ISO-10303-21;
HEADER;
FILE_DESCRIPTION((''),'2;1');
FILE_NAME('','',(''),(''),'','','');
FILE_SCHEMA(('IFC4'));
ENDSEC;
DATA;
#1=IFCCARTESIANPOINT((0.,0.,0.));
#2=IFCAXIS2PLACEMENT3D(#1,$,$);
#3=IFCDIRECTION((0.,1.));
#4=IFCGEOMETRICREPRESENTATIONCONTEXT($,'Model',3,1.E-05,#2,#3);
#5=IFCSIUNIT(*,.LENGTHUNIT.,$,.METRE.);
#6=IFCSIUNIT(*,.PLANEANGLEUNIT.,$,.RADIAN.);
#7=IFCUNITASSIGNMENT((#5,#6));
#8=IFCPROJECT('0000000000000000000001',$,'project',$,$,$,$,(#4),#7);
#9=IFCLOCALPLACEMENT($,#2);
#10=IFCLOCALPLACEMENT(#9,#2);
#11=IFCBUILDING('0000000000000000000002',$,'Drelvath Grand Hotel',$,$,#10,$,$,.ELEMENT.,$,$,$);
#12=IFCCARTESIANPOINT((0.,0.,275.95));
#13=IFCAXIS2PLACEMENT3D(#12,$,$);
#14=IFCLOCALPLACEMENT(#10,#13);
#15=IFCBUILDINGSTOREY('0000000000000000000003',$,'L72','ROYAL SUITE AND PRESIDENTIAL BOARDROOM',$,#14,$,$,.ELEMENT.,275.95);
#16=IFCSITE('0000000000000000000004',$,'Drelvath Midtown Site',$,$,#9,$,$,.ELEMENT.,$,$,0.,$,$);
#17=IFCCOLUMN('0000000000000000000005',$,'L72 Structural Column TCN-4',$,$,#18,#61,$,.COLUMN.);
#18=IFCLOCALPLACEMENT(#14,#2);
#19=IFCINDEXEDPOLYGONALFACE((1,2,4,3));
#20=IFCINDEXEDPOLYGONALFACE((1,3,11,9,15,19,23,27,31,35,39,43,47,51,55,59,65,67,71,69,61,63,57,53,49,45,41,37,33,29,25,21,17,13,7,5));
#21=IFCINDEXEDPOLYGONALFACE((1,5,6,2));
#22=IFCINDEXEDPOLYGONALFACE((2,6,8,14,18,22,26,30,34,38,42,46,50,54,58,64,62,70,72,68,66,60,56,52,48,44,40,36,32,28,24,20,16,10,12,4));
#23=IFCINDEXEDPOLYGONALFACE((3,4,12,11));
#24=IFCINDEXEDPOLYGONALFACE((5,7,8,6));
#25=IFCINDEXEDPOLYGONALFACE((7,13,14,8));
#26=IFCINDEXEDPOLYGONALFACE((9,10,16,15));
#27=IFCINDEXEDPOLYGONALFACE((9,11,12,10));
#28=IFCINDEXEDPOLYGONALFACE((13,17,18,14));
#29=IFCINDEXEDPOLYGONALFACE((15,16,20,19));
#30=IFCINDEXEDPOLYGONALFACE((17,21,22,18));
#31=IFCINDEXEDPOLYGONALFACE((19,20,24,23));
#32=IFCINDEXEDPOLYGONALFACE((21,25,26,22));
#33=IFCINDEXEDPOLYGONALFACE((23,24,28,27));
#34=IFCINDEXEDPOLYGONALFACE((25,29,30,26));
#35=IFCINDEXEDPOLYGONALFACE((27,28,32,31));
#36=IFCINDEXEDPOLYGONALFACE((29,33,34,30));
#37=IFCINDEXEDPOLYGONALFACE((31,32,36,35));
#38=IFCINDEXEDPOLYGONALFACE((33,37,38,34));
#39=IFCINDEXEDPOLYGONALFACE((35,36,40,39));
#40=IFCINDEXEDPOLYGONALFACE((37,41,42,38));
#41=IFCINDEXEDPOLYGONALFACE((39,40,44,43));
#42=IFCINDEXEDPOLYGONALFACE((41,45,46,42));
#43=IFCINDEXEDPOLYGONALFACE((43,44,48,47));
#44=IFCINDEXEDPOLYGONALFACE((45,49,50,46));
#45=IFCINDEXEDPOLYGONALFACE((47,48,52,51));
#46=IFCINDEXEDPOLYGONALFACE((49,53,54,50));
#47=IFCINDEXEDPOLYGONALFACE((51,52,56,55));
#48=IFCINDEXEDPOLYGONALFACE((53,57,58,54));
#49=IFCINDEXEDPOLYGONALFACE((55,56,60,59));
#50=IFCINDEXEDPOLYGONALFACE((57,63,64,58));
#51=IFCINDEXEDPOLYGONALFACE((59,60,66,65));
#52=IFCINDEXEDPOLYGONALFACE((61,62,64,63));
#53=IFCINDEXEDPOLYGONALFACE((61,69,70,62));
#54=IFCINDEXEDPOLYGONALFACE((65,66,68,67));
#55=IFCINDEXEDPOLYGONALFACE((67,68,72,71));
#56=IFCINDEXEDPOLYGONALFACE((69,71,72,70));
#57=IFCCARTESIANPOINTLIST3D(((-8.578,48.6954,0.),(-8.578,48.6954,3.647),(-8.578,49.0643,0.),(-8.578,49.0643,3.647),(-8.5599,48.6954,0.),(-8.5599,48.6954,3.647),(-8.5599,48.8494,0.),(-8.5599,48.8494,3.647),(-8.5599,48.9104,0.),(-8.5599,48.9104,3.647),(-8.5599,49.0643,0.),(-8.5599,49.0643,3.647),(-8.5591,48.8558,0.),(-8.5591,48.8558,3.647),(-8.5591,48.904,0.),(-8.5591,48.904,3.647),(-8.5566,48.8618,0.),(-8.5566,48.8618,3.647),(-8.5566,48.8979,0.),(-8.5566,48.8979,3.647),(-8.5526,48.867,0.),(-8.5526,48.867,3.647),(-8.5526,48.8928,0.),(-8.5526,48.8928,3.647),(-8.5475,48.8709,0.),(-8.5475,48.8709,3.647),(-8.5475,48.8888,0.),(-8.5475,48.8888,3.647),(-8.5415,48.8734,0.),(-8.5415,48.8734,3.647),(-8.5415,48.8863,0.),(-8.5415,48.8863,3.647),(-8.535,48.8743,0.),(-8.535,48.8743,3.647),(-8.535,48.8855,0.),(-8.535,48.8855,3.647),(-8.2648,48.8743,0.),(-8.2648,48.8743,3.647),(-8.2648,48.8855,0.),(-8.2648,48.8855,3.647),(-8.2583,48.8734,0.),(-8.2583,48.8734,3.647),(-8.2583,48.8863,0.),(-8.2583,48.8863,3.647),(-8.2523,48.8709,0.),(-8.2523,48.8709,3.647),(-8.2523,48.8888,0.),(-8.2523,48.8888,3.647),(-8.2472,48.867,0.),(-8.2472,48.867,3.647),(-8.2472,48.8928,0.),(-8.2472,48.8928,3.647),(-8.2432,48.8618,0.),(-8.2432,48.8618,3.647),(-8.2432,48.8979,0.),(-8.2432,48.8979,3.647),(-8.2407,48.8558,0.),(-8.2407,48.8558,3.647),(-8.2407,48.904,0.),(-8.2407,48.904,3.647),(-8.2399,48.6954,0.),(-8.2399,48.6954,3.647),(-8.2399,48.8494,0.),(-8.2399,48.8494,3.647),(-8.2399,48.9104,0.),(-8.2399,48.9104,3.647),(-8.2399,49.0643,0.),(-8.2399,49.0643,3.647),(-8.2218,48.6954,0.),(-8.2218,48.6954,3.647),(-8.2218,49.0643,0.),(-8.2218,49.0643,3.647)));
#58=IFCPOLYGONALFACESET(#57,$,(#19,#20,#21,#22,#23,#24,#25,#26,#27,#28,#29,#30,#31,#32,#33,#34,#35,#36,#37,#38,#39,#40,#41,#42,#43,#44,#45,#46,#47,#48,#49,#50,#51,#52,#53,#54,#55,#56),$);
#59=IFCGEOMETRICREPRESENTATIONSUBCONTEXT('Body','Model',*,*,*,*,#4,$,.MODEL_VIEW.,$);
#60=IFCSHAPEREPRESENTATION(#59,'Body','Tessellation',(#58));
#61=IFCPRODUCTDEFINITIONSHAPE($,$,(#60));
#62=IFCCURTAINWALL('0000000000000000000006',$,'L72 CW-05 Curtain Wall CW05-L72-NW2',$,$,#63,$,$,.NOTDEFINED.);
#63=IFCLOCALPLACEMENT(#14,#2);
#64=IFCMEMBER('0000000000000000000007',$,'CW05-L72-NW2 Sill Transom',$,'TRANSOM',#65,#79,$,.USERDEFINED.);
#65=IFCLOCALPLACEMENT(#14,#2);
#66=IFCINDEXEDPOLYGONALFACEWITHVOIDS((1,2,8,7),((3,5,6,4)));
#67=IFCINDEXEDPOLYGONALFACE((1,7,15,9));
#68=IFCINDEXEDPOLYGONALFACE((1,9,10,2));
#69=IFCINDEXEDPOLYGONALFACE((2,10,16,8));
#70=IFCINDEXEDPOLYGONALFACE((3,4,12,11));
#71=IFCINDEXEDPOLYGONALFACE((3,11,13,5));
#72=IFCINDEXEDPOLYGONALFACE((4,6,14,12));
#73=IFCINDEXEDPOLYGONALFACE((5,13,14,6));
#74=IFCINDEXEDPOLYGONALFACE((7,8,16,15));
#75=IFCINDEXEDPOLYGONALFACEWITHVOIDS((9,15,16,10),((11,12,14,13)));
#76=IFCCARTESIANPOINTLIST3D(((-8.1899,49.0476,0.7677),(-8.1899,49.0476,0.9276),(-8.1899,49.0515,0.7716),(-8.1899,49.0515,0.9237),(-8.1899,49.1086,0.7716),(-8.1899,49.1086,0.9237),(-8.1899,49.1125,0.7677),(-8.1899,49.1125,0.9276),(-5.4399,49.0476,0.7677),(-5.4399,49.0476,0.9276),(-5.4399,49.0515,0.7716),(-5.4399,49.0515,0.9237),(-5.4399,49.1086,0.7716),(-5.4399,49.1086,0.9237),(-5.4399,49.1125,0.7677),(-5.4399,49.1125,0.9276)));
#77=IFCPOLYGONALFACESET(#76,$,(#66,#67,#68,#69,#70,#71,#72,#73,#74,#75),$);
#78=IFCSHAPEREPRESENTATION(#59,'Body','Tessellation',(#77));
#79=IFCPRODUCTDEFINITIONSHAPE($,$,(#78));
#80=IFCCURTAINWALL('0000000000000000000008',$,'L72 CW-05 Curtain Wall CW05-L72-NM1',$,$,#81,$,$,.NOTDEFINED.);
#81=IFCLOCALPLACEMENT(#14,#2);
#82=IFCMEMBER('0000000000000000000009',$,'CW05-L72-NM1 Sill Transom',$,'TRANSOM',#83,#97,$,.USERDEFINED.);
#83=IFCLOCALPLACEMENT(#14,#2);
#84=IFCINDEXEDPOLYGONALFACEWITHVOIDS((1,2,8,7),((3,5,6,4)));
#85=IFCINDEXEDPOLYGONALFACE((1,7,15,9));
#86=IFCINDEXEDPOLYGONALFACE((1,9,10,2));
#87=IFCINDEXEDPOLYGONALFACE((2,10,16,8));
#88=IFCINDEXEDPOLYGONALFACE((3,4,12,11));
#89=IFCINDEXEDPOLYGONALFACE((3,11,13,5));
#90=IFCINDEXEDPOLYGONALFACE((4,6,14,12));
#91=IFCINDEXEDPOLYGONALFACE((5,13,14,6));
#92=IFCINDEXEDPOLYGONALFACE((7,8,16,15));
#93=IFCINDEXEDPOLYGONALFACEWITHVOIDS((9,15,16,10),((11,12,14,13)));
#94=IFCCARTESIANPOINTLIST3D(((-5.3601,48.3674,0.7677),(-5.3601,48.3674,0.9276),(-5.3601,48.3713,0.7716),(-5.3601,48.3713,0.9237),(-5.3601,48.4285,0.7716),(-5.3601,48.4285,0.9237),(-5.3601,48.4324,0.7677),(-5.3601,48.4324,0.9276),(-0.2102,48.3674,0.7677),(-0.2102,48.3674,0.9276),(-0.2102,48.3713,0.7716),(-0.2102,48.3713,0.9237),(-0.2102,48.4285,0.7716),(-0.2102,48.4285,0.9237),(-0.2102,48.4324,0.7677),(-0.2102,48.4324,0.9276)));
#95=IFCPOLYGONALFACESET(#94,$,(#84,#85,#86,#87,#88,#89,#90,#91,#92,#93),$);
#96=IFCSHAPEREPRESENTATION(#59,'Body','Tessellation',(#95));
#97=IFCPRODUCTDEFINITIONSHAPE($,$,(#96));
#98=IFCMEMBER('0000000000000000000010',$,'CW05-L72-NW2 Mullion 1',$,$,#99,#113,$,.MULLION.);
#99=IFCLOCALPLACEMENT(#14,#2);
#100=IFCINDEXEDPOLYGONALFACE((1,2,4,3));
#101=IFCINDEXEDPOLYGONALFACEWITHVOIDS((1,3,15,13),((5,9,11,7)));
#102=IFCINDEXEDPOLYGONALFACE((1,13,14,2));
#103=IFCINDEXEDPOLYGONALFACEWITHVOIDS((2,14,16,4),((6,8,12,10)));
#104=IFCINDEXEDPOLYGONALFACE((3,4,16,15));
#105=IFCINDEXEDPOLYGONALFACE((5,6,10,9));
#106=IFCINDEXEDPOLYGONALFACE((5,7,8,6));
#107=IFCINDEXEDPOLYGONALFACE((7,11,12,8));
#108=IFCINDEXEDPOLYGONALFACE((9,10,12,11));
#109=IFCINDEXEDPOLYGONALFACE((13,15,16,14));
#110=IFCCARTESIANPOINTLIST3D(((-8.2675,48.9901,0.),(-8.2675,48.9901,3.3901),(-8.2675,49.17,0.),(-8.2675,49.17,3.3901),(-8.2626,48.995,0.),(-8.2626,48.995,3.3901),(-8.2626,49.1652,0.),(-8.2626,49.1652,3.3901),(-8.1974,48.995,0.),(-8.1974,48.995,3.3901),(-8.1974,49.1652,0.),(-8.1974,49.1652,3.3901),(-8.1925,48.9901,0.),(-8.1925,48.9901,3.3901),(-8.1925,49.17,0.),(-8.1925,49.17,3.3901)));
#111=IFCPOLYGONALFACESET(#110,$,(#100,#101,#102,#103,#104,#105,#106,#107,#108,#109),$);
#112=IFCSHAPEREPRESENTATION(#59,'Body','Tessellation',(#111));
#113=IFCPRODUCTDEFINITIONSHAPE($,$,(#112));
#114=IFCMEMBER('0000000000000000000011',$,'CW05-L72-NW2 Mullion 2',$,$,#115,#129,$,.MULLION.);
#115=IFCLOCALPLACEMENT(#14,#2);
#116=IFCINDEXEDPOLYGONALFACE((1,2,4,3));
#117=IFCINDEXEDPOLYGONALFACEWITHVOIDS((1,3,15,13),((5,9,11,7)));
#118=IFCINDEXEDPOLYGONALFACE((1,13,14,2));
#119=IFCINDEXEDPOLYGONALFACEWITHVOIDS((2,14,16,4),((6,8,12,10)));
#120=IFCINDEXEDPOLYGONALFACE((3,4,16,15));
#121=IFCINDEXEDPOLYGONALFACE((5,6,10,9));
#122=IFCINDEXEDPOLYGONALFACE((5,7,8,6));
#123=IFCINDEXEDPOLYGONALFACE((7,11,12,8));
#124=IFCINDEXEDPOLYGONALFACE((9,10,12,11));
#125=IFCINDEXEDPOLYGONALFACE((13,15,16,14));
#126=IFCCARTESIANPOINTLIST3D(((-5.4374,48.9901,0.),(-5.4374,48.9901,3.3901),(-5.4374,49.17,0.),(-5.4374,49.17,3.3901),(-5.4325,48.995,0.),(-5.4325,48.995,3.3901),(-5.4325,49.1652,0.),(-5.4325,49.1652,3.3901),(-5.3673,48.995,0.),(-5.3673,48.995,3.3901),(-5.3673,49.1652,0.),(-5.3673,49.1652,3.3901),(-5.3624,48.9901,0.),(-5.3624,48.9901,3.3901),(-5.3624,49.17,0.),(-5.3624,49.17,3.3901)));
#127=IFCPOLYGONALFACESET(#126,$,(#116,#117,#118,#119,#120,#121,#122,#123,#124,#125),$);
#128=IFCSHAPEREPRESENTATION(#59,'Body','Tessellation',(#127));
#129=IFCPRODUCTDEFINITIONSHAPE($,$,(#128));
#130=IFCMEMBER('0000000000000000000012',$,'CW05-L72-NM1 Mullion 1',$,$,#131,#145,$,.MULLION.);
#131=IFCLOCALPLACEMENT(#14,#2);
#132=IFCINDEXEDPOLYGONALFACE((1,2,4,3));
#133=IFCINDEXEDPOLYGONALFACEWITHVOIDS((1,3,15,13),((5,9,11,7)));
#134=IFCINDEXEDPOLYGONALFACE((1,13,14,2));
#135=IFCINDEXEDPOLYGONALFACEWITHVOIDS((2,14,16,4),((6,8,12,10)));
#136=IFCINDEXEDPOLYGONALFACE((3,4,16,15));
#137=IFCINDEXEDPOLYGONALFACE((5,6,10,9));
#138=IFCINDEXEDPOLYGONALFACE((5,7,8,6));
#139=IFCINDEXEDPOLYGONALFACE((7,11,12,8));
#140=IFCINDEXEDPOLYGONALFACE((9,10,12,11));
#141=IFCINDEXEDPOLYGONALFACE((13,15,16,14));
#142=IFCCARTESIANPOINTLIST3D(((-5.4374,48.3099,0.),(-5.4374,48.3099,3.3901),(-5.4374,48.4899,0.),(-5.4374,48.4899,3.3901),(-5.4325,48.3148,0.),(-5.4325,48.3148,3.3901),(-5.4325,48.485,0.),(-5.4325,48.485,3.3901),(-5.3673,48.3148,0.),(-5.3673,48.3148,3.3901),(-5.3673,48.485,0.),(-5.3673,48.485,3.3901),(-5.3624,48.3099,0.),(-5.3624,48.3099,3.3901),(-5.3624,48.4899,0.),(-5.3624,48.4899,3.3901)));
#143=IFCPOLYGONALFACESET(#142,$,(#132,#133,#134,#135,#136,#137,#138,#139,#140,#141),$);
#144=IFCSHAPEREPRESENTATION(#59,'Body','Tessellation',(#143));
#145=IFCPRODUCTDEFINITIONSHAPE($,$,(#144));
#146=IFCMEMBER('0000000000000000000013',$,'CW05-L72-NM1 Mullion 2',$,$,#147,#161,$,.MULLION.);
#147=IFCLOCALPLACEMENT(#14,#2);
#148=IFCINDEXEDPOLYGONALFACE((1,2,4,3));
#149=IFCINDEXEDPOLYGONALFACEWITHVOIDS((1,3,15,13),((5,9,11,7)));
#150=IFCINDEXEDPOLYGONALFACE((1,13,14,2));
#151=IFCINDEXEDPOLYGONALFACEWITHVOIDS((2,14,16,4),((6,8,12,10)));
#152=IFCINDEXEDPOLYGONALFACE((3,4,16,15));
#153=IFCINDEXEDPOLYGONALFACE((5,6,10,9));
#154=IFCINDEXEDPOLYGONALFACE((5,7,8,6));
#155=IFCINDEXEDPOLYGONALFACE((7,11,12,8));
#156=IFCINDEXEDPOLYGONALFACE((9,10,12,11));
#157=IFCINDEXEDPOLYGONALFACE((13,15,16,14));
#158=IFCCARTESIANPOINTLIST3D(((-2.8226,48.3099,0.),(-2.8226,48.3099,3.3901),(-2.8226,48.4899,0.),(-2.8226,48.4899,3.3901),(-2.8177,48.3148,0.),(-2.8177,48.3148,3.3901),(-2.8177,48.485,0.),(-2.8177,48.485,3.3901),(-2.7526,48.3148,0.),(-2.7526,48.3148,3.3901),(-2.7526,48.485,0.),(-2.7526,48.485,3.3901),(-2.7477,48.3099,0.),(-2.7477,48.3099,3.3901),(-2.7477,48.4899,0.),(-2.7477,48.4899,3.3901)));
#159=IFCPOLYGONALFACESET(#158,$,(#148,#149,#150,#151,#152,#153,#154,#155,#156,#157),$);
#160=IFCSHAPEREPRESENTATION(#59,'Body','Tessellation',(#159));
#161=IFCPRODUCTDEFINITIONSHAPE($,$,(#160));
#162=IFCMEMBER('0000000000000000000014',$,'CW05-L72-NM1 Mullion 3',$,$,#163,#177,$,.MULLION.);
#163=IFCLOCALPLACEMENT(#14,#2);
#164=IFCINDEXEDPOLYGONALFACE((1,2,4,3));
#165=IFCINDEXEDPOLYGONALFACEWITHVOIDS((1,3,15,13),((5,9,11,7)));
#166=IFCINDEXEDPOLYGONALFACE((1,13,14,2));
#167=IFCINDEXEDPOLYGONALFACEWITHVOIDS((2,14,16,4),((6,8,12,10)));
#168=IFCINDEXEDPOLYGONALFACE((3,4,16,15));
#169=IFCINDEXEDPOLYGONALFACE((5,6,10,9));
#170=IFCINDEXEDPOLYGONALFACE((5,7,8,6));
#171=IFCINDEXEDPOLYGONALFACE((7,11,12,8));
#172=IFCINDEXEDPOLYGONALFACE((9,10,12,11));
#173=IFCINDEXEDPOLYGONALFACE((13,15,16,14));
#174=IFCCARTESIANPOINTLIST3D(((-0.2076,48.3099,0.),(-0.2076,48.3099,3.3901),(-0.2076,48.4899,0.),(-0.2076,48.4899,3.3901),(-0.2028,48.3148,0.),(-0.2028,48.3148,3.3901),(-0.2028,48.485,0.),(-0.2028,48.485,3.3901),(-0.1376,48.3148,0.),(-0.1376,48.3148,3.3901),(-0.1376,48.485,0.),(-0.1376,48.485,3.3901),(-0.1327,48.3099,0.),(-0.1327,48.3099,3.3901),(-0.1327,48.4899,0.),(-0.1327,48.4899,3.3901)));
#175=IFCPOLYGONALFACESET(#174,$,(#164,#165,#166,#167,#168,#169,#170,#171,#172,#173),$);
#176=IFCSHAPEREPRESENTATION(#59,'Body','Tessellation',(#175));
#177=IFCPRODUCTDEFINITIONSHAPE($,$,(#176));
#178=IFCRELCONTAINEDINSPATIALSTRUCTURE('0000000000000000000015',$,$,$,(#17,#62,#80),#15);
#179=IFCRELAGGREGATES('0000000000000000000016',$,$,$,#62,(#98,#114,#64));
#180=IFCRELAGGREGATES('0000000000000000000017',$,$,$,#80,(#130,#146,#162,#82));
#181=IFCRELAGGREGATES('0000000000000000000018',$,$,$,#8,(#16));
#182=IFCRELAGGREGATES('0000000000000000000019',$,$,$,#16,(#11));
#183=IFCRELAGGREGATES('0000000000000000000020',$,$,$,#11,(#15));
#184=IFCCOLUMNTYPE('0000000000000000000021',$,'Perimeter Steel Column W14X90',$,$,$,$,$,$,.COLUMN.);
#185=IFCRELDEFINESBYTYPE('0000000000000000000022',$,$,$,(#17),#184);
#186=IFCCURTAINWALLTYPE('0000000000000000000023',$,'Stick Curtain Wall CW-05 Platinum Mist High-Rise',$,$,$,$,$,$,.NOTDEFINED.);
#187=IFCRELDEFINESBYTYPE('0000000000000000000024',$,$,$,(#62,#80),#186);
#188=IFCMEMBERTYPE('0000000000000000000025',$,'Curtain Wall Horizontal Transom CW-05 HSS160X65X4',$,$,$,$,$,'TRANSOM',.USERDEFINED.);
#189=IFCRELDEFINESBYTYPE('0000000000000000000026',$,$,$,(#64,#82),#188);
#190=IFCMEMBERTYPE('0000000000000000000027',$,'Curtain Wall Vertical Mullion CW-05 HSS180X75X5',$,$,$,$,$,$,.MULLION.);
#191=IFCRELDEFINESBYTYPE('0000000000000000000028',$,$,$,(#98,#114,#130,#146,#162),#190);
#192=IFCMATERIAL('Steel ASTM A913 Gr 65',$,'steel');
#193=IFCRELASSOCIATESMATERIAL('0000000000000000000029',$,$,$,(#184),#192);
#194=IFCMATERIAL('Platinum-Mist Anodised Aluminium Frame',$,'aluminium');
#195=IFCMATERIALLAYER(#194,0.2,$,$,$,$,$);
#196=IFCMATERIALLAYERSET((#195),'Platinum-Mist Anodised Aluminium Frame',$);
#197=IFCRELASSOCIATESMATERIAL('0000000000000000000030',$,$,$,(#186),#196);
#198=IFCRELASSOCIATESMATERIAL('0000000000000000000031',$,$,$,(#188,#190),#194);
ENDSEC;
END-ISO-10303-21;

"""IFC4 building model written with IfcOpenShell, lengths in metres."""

from ifc_helpers import new_model, si_unit, direction, frame, origin, origin_2d, place, context, subcontext, project, spatial, hollow_rectangle, i_section, extrude, material, layer, layer_set, material_profile, profile_set, type_object, element, aggregate, save


model = new_model("IFC4")

# Units and contexts
model_context = context("Model", 3, precision=1e-05, world=origin(), true_north=direction((0.0, 1.0)))
body_context = subcontext(model_context, "Body", "Model", "MODEL_VIEW")
ifc_project = project(units=[si_unit("LENGTHUNIT", "METRE"), si_unit("PLANEANGLEUNIT", "RADIAN")], contexts=[model_context])

# Site, building, storey
site_placement = place(None, origin())
site = spatial("IfcSite", under=ifc_project, at=site_placement, Name="Drelvath Midtown Site", CompositionType="ELEMENT", RefElevation=0.0)
building_placement = place(site_placement, origin())
building = spatial("IfcBuilding", under=site, at=building_placement, Name="Drelvath Grand Hotel", CompositionType="ELEMENT")
storey_placement = place(building_placement, frame((0.0, 0.0, 275.95)))
storey = spatial("IfcBuildingStorey", under=building, at=storey_placement, Name="L72", Description="ROYAL SUITE AND PRESIDENTIAL BOARDROOM", CompositionType="ELEMENT", Elevation=275.95)

# Column
ifc_material_1 = material(Name="Steel ASTM A913 Gr 65", Category="steel")
ifc_material_profile_1 = material_profile(ifc_material_1, i_section(OverallWidth=0.3689, OverallDepth=0.3562, WebThickness=0.0112, FlangeThickness=0.0181, FilletRadius=0.0249, at=origin_2d()), Name="W14X90")
ifc_profile_set_1 = profile_set([ifc_material_profile_1], Name="Steel ASTM A913 Gr 65")
column_type = type_object("IfcColumnType", Name="Perimeter Steel Column W14X90", PredefinedType="COLUMN", material=ifc_profile_set_1)
column_placement = place(storey_placement, frame((-8.3999, 48.8799, 0.0), z_axis=(0.0, 0.0, 1.0), x_axis=(0.0, 1.0, 0.0)))
element("IfcColumn", 1, at=column_placement, inside=storey, type_object=column_type, Name="L72 Structural Column TCN-4", PredefinedType="COLUMN", context=body_context, shape_type="SweptSolid", body=[
    extrude(i_section(OverallWidth=0.3689, OverallDepth=0.3562, WebThickness=0.0112, FlangeThickness=0.0181, FilletRadius=0.0249, at=origin_2d()), origin(), (0.0, 0.0, 1.0), 3.647),
])

# Curtain walls, members
ifc_material_2 = material(Name="Platinum-Mist Anodised Aluminium Frame", Category="aluminium")
ifc_layer_1 = layer(ifc_material_2, 0.2)
ifc_layer_set_1 = layer_set([ifc_layer_1], Name="Platinum-Mist Anodised Aluminium Frame")
curtain_wall_type = type_object("IfcCurtainWallType", Name="Stick Curtain Wall CW-05 Platinum Mist High-Rise", PredefinedType="NOTDEFINED", material=ifc_layer_set_1)
curtain_wall_1_placement = place(storey_placement, origin())
curtain_wall_1 = element("IfcCurtainWall", 2, at=curtain_wall_1_placement, inside=storey, type_object=curtain_wall_type, Name="L72 CW-05 Curtain Wall CW05-L72-NW2", PredefinedType="NOTDEFINED")
ifc_material_profile_2 = material_profile(ifc_material_2, hollow_rectangle(XDim=0.0649, YDim=0.1599, WallThickness=0.0039, at=origin_2d()), Name="HSS160X65X4")
ifc_profile_set_2 = profile_set([ifc_material_profile_2], Name="Platinum-Mist Anodised Aluminium Frame")
member_type_1 = type_object("IfcMemberType", Name="Curtain Wall Horizontal Transom CW-05 HSS160X65X4", ElementType="TRANSOM", PredefinedType="USERDEFINED", material=ifc_profile_set_2)
member_1_placement = place(storey_placement, frame((-8.1899, 49.0801, 0.8477), z_axis=(1.0, 0.0, 0.0), x_axis=(0.0, 1.0, 0.0)))
member_1 = element("IfcMember", 3, at=member_1_placement, type_object=member_type_1, Name="CW05-L72-NW2 Sill Transom", ObjectType="TRANSOM", PredefinedType="USERDEFINED", context=body_context, shape_type="SweptSolid", body=[
    extrude(hollow_rectangle(XDim=0.0649, YDim=0.1599, WallThickness=0.0039, at=origin_2d()), origin(), (0.0, 0.0, 1.0), 2.75),
])
curtain_wall_2_placement = place(storey_placement, origin())
curtain_wall_2 = element("IfcCurtainWall", 4, at=curtain_wall_2_placement, inside=storey, type_object=curtain_wall_type, Name="L72 CW-05 Curtain Wall CW05-L72-NM1", PredefinedType="NOTDEFINED")
member_2_placement = place(storey_placement, frame((-5.3601, 48.3999, 0.8477), z_axis=(1.0, 0.0, 0.0), x_axis=(0.0, 1.0, 0.0)))
member_2 = element("IfcMember", 5, at=member_2_placement, type_object=member_type_1, Name="CW05-L72-NM1 Sill Transom", ObjectType="TRANSOM", PredefinedType="USERDEFINED", context=body_context, shape_type="SweptSolid", body=[
    extrude(hollow_rectangle(XDim=0.0649, YDim=0.1599, WallThickness=0.0039, at=origin_2d()), origin(), (0.0, 0.0, 1.0), 5.1499),
])

# Members
ifc_material_profile_3 = material_profile(ifc_material_2, hollow_rectangle(XDim=0.075, YDim=0.1799, WallThickness=0.0049, at=origin_2d()), Name="HSS180X75X5")
ifc_profile_set_3 = profile_set([ifc_material_profile_3], Name="Platinum-Mist Anodised Aluminium Frame")
member_type_2 = type_object("IfcMemberType", Name="Curtain Wall Vertical Mullion CW-05 HSS180X75X5", PredefinedType="MULLION", material=ifc_profile_set_3)
member_3_placement = place(storey_placement, frame((-8.23, 49.0801, 0.0), z_axis=(0.0, 0.0, 1.0), x_axis=(1.0, 0.0, 0.0)))
member_3 = element("IfcMember", 6, at=member_3_placement, type_object=member_type_2, Name="CW05-L72-NW2 Mullion 1", PredefinedType="MULLION", context=body_context, shape_type="SweptSolid", body=[
    extrude(hollow_rectangle(XDim=0.075, YDim=0.1799, WallThickness=0.0049, at=origin_2d()), origin(), (0.0, 0.0, 1.0), 3.3901),
])
member_4_placement = place(storey_placement, frame((-5.3999, 49.0801, 0.0), z_axis=(0.0, 0.0, 1.0), x_axis=(1.0, 0.0, 0.0)))
member_4 = element("IfcMember", 7, at=member_4_placement, type_object=member_type_2, Name="CW05-L72-NW2 Mullion 2", PredefinedType="MULLION", context=body_context, shape_type="SweptSolid", body=[
    extrude(hollow_rectangle(XDim=0.075, YDim=0.1799, WallThickness=0.0049, at=origin_2d()), origin(), (0.0, 0.0, 1.0), 3.3901),
])
member_5_placement = place(storey_placement, frame((-5.3999, 48.3999, 0.0), z_axis=(0.0, 0.0, 1.0), x_axis=(1.0, 0.0, 0.0)))
member_5 = element("IfcMember", 8, at=member_5_placement, type_object=member_type_2, Name="CW05-L72-NM1 Mullion 1", PredefinedType="MULLION", context=body_context, shape_type="SweptSolid", body=[
    extrude(hollow_rectangle(XDim=0.075, YDim=0.1799, WallThickness=0.0049, at=origin_2d()), origin(), (0.0, 0.0, 1.0), 3.3901),
])
member_6_placement = place(storey_placement, frame((-2.7852, 48.3999, 0.0), z_axis=(0.0, 0.0, 1.0), x_axis=(1.0, 0.0, 0.0)))
member_6 = element("IfcMember", 9, at=member_6_placement, type_object=member_type_2, Name="CW05-L72-NM1 Mullion 2", PredefinedType="MULLION", context=body_context, shape_type="SweptSolid", body=[
    extrude(hollow_rectangle(XDim=0.075, YDim=0.1799, WallThickness=0.0049, at=origin_2d()), origin(), (0.0, 0.0, 1.0), 3.3901),
])
member_7_placement = place(storey_placement, frame((-0.1702, 48.3999, 0.0), z_axis=(0.0, 0.0, 1.0), x_axis=(1.0, 0.0, 0.0)))
member_7 = element("IfcMember", 10, at=member_7_placement, type_object=member_type_2, Name="CW05-L72-NM1 Mullion 3", PredefinedType="MULLION", context=body_context, shape_type="SweptSolid", body=[
    extrude(hollow_rectangle(XDim=0.075, YDim=0.1799, WallThickness=0.0049, at=origin_2d()), origin(), (0.0, 0.0, 1.0), 3.3901),
])

aggregate(curtain_wall_1, [member_3, member_4, member_1])
aggregate(curtain_wall_2, [member_5, member_6, member_7, member_2])

save(model, "model.ifc")
